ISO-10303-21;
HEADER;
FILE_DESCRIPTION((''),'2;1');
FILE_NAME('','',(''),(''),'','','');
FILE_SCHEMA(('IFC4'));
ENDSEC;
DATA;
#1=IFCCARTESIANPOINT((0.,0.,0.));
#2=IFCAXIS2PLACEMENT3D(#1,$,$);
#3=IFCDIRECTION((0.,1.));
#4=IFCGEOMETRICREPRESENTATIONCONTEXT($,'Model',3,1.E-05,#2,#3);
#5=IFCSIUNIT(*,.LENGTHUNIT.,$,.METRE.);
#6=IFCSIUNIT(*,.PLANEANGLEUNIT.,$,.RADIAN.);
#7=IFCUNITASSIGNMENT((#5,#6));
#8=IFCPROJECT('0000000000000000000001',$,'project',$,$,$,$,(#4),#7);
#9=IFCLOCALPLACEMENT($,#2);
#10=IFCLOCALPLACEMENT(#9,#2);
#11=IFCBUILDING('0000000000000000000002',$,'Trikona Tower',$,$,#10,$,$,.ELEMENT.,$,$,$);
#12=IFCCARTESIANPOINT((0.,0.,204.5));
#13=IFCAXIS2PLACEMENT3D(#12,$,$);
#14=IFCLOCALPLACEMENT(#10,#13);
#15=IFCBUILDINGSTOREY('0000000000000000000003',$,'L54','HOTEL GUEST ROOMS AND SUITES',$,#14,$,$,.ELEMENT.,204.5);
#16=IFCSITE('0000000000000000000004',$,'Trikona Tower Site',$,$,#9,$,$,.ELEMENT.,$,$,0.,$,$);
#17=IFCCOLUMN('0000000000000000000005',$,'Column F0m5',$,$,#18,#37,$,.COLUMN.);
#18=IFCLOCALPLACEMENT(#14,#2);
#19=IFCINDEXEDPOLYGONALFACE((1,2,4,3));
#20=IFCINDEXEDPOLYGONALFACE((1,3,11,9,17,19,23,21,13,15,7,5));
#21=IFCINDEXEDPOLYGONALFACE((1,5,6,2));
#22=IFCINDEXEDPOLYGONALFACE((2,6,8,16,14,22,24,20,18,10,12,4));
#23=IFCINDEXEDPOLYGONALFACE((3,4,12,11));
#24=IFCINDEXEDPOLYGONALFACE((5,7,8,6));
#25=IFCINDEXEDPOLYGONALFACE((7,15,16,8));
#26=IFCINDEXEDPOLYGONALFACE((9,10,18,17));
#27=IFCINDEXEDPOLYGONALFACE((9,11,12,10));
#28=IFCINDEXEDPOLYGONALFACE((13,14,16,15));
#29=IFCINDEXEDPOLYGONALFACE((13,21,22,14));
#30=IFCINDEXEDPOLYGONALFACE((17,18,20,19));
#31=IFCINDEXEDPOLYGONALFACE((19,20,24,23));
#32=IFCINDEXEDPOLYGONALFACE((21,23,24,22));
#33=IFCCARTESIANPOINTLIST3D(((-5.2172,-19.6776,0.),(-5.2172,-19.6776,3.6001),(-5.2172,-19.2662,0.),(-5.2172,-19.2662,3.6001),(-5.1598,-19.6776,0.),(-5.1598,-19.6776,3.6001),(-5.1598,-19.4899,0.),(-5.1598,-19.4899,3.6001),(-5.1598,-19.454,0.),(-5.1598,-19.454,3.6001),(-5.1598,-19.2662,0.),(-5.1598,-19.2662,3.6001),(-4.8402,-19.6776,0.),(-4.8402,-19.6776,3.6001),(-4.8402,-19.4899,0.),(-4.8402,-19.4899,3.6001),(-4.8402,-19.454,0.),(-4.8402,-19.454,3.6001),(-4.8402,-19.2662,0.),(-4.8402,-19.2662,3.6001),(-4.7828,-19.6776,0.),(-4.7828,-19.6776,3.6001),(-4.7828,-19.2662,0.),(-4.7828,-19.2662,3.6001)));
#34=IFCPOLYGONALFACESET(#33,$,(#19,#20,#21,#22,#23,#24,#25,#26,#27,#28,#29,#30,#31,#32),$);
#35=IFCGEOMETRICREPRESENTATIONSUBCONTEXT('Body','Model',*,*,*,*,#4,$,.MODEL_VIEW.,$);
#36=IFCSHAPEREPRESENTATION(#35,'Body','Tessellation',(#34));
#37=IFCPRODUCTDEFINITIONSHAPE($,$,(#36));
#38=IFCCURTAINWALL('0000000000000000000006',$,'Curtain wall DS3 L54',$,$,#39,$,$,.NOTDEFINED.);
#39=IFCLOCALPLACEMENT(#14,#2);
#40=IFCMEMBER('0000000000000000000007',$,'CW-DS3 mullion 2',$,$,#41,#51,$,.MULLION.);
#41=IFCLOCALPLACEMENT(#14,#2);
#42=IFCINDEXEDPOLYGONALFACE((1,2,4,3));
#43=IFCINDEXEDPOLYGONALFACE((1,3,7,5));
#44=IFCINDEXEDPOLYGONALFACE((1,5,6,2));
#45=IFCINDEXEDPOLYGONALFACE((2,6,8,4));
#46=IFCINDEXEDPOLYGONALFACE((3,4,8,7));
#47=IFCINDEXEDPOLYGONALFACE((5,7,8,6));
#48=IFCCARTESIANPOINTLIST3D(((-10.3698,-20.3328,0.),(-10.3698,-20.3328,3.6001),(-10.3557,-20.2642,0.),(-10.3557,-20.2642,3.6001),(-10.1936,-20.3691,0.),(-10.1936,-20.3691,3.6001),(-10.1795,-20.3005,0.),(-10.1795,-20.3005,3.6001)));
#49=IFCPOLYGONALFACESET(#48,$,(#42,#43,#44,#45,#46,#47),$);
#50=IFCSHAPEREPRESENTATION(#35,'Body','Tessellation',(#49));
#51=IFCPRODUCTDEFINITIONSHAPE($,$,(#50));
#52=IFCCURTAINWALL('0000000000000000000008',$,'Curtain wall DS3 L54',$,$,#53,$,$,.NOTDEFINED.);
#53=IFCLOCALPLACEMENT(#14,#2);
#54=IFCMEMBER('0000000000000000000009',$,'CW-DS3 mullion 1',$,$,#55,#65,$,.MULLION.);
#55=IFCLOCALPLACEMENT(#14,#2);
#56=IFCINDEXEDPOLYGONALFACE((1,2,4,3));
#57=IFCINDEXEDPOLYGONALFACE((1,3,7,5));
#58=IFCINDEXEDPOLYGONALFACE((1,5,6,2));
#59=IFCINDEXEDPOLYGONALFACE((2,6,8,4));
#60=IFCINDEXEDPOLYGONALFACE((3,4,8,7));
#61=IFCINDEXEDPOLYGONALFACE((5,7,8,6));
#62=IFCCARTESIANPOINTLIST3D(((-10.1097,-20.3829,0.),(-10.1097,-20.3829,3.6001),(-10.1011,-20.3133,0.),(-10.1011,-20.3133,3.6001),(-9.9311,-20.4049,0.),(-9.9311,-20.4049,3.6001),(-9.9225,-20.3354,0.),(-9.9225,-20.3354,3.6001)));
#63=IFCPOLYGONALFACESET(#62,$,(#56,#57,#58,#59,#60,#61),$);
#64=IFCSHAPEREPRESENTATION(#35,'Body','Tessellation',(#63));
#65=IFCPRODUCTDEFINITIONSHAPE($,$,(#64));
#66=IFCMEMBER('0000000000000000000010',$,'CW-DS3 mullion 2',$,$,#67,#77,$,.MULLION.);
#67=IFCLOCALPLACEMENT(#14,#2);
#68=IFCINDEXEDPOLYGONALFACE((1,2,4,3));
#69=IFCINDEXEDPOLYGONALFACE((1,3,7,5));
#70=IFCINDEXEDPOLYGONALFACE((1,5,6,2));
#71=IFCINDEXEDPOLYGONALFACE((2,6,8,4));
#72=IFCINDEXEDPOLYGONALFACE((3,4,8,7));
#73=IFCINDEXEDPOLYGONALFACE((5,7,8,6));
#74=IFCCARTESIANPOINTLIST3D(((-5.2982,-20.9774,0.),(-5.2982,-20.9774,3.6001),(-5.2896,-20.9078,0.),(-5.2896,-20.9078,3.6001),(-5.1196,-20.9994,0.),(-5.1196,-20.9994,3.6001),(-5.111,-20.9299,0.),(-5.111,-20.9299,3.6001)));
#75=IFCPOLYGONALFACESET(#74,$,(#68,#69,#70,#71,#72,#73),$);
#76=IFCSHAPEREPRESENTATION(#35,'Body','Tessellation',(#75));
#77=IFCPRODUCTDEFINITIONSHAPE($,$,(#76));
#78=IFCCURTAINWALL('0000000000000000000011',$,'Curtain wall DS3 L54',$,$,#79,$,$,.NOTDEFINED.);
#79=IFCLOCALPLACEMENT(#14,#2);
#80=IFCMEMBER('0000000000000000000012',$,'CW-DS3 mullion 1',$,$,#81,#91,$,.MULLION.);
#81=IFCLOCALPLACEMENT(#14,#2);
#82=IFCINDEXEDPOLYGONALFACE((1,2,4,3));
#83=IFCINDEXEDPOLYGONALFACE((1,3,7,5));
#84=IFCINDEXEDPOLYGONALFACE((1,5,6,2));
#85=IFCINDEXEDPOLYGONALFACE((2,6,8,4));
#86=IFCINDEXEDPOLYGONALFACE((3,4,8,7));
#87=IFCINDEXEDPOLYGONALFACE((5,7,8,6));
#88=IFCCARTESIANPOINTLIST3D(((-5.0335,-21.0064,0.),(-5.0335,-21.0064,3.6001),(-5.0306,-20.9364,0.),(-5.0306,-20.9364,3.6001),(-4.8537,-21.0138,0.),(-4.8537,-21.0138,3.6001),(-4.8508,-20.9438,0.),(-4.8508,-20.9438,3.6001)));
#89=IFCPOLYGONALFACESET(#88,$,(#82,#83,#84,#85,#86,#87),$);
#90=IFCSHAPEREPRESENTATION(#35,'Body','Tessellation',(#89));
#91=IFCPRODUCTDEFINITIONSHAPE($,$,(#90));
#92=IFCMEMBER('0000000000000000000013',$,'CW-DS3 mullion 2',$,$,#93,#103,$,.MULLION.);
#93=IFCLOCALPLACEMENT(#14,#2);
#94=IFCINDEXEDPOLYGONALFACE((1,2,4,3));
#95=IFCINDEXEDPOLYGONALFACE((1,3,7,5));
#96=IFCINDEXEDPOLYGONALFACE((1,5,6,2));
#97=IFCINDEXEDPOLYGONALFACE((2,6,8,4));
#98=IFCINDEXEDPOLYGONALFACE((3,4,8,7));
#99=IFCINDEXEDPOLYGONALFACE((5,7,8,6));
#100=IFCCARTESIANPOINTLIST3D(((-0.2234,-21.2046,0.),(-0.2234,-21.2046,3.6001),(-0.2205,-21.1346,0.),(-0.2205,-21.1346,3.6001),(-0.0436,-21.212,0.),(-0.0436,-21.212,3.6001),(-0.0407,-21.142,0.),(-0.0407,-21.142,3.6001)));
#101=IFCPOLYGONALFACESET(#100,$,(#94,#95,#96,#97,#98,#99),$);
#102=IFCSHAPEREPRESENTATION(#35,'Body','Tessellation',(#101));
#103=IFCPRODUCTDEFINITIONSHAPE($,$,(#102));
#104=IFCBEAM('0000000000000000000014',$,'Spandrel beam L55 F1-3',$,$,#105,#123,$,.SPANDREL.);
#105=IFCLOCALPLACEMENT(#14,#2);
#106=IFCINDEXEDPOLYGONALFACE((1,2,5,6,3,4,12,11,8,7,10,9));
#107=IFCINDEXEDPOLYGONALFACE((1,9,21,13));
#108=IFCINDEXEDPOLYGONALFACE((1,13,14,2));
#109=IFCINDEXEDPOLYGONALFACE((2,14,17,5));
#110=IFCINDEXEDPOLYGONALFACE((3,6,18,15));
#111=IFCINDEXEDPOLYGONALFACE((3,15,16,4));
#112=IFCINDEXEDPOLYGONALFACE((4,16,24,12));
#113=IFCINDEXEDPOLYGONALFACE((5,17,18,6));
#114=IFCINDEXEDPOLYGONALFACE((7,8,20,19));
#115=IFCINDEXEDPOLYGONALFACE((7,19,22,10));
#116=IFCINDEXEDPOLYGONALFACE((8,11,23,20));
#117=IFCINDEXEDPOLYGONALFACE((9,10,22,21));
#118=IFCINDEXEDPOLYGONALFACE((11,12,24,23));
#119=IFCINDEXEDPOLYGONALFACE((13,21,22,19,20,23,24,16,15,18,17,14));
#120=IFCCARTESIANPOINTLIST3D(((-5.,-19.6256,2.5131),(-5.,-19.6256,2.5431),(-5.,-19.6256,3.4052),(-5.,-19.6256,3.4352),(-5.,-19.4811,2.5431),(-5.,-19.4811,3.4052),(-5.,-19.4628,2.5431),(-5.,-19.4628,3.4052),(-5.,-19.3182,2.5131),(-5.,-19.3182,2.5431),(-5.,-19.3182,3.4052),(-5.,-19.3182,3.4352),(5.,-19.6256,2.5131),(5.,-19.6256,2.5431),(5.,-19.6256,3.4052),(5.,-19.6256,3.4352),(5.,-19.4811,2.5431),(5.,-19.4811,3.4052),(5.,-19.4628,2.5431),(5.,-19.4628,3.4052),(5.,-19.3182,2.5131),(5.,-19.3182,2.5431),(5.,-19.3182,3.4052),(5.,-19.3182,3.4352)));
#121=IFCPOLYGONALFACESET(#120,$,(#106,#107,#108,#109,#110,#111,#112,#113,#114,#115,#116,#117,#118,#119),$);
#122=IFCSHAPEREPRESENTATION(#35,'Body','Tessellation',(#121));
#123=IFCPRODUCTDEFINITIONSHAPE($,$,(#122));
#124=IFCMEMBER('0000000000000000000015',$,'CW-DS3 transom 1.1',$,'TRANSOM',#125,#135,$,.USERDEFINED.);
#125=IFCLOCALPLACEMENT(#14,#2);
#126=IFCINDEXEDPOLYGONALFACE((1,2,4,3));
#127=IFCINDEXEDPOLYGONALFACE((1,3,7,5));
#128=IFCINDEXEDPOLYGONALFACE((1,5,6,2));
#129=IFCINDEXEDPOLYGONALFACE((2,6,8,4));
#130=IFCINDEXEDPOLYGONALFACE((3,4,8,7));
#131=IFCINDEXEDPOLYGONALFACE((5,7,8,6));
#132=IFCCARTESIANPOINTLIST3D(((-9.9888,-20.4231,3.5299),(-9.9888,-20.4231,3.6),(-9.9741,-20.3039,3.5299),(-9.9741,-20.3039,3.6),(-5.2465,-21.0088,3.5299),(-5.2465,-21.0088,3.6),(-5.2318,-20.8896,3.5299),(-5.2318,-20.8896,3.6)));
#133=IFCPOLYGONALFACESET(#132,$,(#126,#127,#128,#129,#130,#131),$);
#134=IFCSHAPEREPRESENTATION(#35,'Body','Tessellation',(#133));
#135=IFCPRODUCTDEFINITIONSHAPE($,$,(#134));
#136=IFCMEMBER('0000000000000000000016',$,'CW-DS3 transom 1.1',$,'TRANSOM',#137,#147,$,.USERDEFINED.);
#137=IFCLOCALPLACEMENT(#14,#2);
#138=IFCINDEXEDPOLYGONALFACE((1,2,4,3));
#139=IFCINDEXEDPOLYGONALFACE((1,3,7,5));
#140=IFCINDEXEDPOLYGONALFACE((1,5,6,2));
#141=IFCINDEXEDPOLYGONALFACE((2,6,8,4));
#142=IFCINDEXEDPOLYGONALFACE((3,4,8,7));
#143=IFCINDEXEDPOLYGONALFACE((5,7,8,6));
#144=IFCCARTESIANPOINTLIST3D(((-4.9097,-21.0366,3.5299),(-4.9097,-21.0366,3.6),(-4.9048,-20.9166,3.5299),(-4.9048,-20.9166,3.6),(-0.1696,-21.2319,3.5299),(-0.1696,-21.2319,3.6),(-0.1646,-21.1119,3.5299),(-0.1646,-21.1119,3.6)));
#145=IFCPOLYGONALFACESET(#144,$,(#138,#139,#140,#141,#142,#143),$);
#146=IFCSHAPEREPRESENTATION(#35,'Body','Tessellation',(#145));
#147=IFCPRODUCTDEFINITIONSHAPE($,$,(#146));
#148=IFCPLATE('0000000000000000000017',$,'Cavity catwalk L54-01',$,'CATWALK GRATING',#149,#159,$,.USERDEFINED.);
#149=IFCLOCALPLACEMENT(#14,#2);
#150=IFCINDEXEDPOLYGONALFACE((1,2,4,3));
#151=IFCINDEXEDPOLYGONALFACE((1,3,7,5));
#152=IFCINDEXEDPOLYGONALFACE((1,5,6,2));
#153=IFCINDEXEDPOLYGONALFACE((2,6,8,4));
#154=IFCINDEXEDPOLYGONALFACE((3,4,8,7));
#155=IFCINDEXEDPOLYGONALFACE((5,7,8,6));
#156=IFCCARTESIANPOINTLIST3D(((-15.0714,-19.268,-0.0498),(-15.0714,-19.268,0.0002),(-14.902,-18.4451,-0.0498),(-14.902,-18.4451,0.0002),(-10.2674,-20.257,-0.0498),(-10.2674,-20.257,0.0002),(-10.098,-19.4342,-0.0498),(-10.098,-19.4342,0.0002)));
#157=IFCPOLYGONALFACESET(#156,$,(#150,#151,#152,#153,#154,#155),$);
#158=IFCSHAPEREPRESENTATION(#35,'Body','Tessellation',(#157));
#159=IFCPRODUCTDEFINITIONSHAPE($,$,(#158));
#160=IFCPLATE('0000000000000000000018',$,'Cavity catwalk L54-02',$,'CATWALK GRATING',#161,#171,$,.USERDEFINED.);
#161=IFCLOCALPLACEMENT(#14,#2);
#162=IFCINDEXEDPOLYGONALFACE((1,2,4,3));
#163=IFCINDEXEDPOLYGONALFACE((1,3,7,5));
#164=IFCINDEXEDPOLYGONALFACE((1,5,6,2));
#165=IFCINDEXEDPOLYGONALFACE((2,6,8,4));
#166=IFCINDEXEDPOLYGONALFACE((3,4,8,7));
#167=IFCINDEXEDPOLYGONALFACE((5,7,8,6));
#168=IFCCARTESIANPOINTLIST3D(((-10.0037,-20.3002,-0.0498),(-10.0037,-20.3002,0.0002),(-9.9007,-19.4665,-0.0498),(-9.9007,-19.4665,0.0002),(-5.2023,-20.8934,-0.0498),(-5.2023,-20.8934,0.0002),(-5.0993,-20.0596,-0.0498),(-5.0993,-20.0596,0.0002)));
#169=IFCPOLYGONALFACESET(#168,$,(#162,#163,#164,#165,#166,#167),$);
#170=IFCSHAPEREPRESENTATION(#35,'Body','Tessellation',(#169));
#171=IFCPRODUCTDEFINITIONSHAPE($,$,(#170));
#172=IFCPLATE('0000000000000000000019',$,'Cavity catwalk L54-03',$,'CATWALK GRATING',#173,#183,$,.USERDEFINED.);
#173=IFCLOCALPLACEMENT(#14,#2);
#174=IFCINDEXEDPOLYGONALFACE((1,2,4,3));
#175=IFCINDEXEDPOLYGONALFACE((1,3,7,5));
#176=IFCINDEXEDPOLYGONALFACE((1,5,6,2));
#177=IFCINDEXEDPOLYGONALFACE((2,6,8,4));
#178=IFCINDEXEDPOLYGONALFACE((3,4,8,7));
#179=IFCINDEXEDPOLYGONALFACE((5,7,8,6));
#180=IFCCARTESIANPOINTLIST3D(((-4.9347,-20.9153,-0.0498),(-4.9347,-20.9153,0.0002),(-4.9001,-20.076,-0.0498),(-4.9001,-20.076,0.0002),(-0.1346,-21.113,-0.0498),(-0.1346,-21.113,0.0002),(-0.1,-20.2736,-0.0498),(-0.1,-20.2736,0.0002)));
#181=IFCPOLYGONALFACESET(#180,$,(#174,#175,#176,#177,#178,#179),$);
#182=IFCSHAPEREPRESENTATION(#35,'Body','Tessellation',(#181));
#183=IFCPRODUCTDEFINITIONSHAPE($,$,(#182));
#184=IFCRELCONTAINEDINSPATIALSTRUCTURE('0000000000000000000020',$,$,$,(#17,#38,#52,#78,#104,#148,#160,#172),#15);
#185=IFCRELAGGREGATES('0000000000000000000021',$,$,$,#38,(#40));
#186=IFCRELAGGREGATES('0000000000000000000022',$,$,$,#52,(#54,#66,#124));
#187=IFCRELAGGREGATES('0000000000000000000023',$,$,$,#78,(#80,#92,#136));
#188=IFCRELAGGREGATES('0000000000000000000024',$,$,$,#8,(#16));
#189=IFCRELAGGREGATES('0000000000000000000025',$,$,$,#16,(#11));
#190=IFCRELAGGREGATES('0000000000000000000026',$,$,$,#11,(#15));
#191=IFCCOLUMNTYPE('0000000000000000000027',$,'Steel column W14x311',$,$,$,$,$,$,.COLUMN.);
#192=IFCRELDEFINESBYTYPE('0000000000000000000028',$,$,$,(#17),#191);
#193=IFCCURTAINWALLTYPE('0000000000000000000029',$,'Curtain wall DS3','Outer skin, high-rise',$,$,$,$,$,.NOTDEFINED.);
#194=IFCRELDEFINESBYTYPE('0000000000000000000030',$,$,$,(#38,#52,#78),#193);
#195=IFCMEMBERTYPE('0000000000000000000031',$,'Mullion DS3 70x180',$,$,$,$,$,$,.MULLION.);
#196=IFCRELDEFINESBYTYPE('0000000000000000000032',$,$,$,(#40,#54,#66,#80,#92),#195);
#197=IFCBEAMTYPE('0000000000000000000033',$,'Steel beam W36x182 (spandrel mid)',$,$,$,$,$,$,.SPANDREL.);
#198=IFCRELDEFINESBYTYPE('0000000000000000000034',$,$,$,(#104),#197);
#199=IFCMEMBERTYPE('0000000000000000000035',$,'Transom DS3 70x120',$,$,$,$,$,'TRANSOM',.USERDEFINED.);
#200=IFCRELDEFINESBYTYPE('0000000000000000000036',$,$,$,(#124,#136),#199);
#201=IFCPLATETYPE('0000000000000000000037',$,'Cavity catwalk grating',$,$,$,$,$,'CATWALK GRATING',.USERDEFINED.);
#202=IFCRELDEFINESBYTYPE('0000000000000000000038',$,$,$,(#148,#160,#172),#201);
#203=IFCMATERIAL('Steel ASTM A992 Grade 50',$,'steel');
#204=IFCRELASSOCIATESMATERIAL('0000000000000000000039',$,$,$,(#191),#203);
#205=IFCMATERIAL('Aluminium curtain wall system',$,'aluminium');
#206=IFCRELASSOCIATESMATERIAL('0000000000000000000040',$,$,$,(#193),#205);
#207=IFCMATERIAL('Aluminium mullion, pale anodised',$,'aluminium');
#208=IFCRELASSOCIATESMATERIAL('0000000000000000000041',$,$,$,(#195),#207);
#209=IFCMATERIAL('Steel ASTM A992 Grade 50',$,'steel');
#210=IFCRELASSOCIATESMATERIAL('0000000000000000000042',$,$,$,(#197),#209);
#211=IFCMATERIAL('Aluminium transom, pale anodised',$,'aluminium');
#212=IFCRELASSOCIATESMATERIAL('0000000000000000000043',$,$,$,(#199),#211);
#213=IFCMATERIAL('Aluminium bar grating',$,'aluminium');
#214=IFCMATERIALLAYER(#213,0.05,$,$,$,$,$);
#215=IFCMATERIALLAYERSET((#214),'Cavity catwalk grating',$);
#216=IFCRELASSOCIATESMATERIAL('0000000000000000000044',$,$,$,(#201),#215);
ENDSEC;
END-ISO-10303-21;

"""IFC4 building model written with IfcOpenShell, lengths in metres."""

from ifc_helpers import new_model, si_unit, direction, frame, origin, origin_2d, place, context, subcontext, project, spatial, rectangle, i_section, extrude, material, layer, layer_set, material_profile, profile_set, type_object, element, aggregate, save


model = new_model("IFC4")

# Units and contexts
model_context = context("Model", 3, precision=1e-05, world=origin(), true_north=direction((0.0, 1.0)))
body_context = subcontext(model_context, "Body", "Model", "MODEL_VIEW")
ifc_project = project(units=[si_unit("LENGTHUNIT", "METRE"), si_unit("PLANEANGLEUNIT", "RADIAN")], contexts=[model_context])

# Site, building, storey
site_placement = place(None, origin())
site = spatial("IfcSite", under=ifc_project, at=site_placement, Name="Trikona Tower Site", CompositionType="ELEMENT", RefElevation=0.0)
building_placement = place(site_placement, origin())
building = spatial("IfcBuilding", under=site, at=building_placement, Name="Trikona Tower", CompositionType="ELEMENT")
storey_placement = place(building_placement, frame((0.0, 0.0, 204.5)))
storey = spatial("IfcBuildingStorey", under=building, at=storey_placement, Name="L54", Description="HOTEL GUEST ROOMS AND SUITES", CompositionType="ELEMENT", Elevation=204.5)

# Column
ifc_material_1 = material(Name="Steel ASTM A992 Grade 50", Category="steel")
ifc_material_profile_1 = material_profile(ifc_material_1, i_section(OverallWidth=0.4114, OverallDepth=0.4343, WebThickness=0.0359, FlangeThickness=0.0574, at=origin_2d()), Name="W14X311")
ifc_profile_set_1 = profile_set([ifc_material_profile_1], Name="Steel ASTM A992 Grade 50")
column_type = type_object("IfcColumnType", Name="Steel column W14x311", PredefinedType="COLUMN", material=ifc_profile_set_1)
column_placement = place(storey_placement, frame((-5.0, -19.4719, 0.0), z_axis=(0.0, 0.0, 1.0), x_axis=(0.0, -1.0, 0.0)))
element("IfcColumn", 1, at=column_placement, inside=storey, type_object=column_type, Name="Column F0m5", PredefinedType="COLUMN", context=body_context, shape_type="SweptSolid", body=[
    extrude(i_section(OverallWidth=0.4114, OverallDepth=0.4343, WebThickness=0.0359, FlangeThickness=0.0574, at=origin_2d()), origin(), (0.0, 0.0, 1.0), 3.6001),
])

# Curtain wall, member
ifc_material_2 = material(Name="Aluminium curtain wall system", Category="aluminium")
curtain_wall_type = type_object("IfcCurtainWallType", Name="Curtain wall DS3", Description="Outer skin, high-rise", PredefinedType="NOTDEFINED", material=ifc_material_2)
curtain_wall_1_placement = place(storey_placement, origin())
curtain_wall_1 = element("IfcCurtainWall", 2, at=curtain_wall_1_placement, inside=storey, type_object=curtain_wall_type, Name="Curtain wall DS3 L54", PredefinedType="NOTDEFINED")
ifc_material_3 = material(Name="Aluminium mullion, pale anodised", Category="aluminium")
ifc_material_profile_2 = material_profile(ifc_material_3, rectangle(XDim=0.0701, YDim=0.1799, at=origin_2d()), Name="MUL-DS3")
ifc_profile_set_2 = profile_set([ifc_material_profile_2], Name="Aluminium mullion, pale anodised")
member_type_1 = type_object("IfcMemberType", Name="Mullion DS3 70x180", PredefinedType="MULLION", material=ifc_profile_set_2)
member_1_placement = place(storey_placement, frame((-10.2747, -20.3167, 0.0), z_axis=(0.0, 0.0, 1.0), x_axis=(0.201653, 0.979457, 0.0)))
member_1 = element("IfcMember", 3, at=member_1_placement, type_object=member_type_1, Name="CW-DS3 mullion 2", PredefinedType="MULLION", context=body_context, shape_type="SweptSolid", body=[
    extrude(rectangle(XDim=0.0701, YDim=0.1799, at=origin_2d()), origin(), (0.0, 0.0, 1.0), 3.6001),
])

# Curtain walls, members
curtain_wall_2_placement = place(storey_placement, origin())
curtain_wall_2 = element("IfcCurtainWall", 4, at=curtain_wall_2_placement, inside=storey, type_object=curtain_wall_type, Name="Curtain wall DS3 L54", PredefinedType="NOTDEFINED")
member_2_placement = place(storey_placement, frame((-10.0161, -20.3591, 0.0), z_axis=(0.0, 0.0, 1.0), x_axis=(0.122611, 0.992455, 0.0)))
member_2 = element("IfcMember", 5, at=member_2_placement, type_object=member_type_1, Name="CW-DS3 mullion 1", PredefinedType="MULLION", context=body_context, shape_type="SweptSolid", body=[
    extrude(rectangle(XDim=0.0701, YDim=0.1799, at=origin_2d()), origin(), (0.0, 0.0, 1.0), 3.6001),
])
member_3_placement = place(storey_placement, frame((-5.2046, -20.9536, 0.0), z_axis=(0.0, 0.0, 1.0), x_axis=(0.122611, 0.992455, 0.0)))
member_3 = element("IfcMember", 6, at=member_3_placement, type_object=member_type_1, Name="CW-DS3 mullion 2", PredefinedType="MULLION", context=body_context, shape_type="SweptSolid", body=[
    extrude(rectangle(XDim=0.0701, YDim=0.1799, at=origin_2d()), origin(), (0.0, 0.0, 1.0), 3.6001),
])
curtain_wall_3_placement = place(storey_placement, origin())
curtain_wall_3 = element("IfcCurtainWall", 7, at=curtain_wall_3_placement, inside=storey, type_object=curtain_wall_type, Name="Curtain wall DS3 L54", PredefinedType="NOTDEFINED")
member_4_placement = place(storey_placement, frame((-4.9421, -20.9751, 0.0), z_axis=(0.0, 0.0, 1.0), x_axis=(0.041153, 0.999153, 0.0)))
member_4 = element("IfcMember", 8, at=member_4_placement, type_object=member_type_1, Name="CW-DS3 mullion 1", PredefinedType="MULLION", context=body_context, shape_type="SweptSolid", body=[
    extrude(rectangle(XDim=0.0701, YDim=0.1799, at=origin_2d()), origin(), (0.0, 0.0, 1.0), 3.6001),
])
member_5_placement = place(storey_placement, frame((-0.1321, -21.1733, 0.0), z_axis=(0.0, 0.0, 1.0), x_axis=(0.041153, 0.999153, 0.0)))
member_5 = element("IfcMember", 9, at=member_5_placement, type_object=member_type_1, Name="CW-DS3 mullion 2", PredefinedType="MULLION", context=body_context, shape_type="SweptSolid", body=[
    extrude(rectangle(XDim=0.0701, YDim=0.1799, at=origin_2d()), origin(), (0.0, 0.0, 1.0), 3.6001),
])

# Beam
ifc_material_4 = material(Name="Steel ASTM A992 Grade 50", Category="steel")
ifc_material_profile_3 = material_profile(ifc_material_4, i_section(OverallWidth=0.3074, OverallDepth=0.9221, WebThickness=0.0183, FlangeThickness=0.03, at=origin_2d()), Name="W36X182")
ifc_profile_set_3 = profile_set([ifc_material_profile_3], Name="Steel ASTM A992 Grade 50")
beam_type = type_object("IfcBeamType", Name="Steel beam W36x182 (spandrel mid)", PredefinedType="SPANDREL", material=ifc_profile_set_3)
beam_placement = place(storey_placement, frame((-5.0, -19.4719, 2.9741), z_axis=(1.0, 0.0, 0.0), x_axis=(0.0, 1.0, 0.0)))
element("IfcBeam", 10, at=beam_placement, inside=storey, type_object=beam_type, Name="Spandrel beam L55 F1-3", PredefinedType="SPANDREL", context=body_context, shape_type="SweptSolid", body=[
    extrude(i_section(OverallWidth=0.3074, OverallDepth=0.9221, WebThickness=0.0183, FlangeThickness=0.03, at=origin_2d()), origin(), (0.0, 0.0, 1.0), 10.0),
])

# Members
ifc_material_5 = material(Name="Aluminium transom, pale anodised", Category="aluminium")
ifc_material_profile_4 = material_profile(ifc_material_5, rectangle(XDim=0.1201, YDim=0.0701, at=origin_2d()), Name="TRN-DS3")
ifc_profile_set_4 = profile_set([ifc_material_profile_4], Name="Aluminium transom, pale anodised")
member_type_2 = type_object("IfcMemberType", Name="Transom DS3 70x120", ElementType="TRANSOM", PredefinedType="USERDEFINED", material=ifc_profile_set_4)
member_6_placement = place(storey_placement, frame((-9.9814, -20.3635, 3.5649), z_axis=(0.992459, -0.122576, 0.0), x_axis=(0.122576, 0.992459, 0.0)))
member_6 = element("IfcMember", 11, at=member_6_placement, type_object=member_type_2, Name="CW-DS3 transom 1.1", ObjectType="TRANSOM", PredefinedType="USERDEFINED", context=body_context, shape_type="SweptSolid", body=[
    extrude(rectangle(XDim=0.1201, YDim=0.0701, at=origin_2d()), origin(), (0.0, 0.0, 1.0), 4.7783),
])
member_7_placement = place(storey_placement, frame((-4.9072, -20.9766, 3.5649), z_axis=(0.999152, -0.041168, 0.0), x_axis=(0.041168, 0.999152, 0.0)))
member_7 = element("IfcMember", 12, at=member_7_placement, type_object=member_type_2, Name="CW-DS3 transom 1.1", ObjectType="TRANSOM", PredefinedType="USERDEFINED", context=body_context, shape_type="SweptSolid", body=[
    extrude(rectangle(XDim=0.1201, YDim=0.0701, at=origin_2d()), origin(), (0.0, 0.0, 1.0), 4.7441),
])

# Plates
ifc_material_6 = material(Name="Aluminium bar grating", Category="aluminium")
ifc_layer_1 = layer(ifc_material_6, 0.05)
ifc_layer_set_1 = layer_set([ifc_layer_1], Name="Cavity catwalk grating")
plate_type_1 = type_object("IfcPlateType", Name="Cavity catwalk grating", ElementType="CATWALK GRATING", PredefinedType="USERDEFINED", material=ifc_layer_set_1)
plate_1_placement = place(storey_placement, frame((-12.5847, -19.3511, -0.0498), z_axis=(0.0, 0.0, 1.0), x_axis=(0.979458, -0.201651, 0.0)))
element("IfcPlate", 13, at=plate_1_placement, inside=storey, type_object=plate_type_1, Name="Cavity catwalk L54-01", ObjectType="CATWALK GRATING", PredefinedType="USERDEFINED", context=body_context, shape_type="SweptSolid", body=[
    extrude(rectangle(XDim=4.9048, YDim=0.8401, at=origin_2d()), origin(), (0.0, 0.0, 1.0), 0.05),
])
plate_2_placement = place(storey_placement, frame((-7.5515, -20.1799, -0.0498), z_axis=(0.0, 0.0, 1.0), x_axis=(0.992455, -0.122607, 0.0)))
element("IfcPlate", 14, at=plate_2_placement, inside=storey, type_object=plate_type_1, Name="Cavity catwalk L54-02", ObjectType="CATWALK GRATING", PredefinedType="USERDEFINED", context=body_context, shape_type="SweptSolid", body=[
    extrude(rectangle(XDim=4.8379, YDim=0.8401, at=origin_2d()), origin(), (0.0, 0.0, 1.0), 0.05),
])
plate_3_placement = place(storey_placement, frame((-2.5173, -20.5945, -0.0498), z_axis=(0.0, 0.0, 1.0), x_axis=(0.999153, -0.041145, 0.0)))
element("IfcPlate", 15, at=plate_3_placement, inside=storey, type_object=plate_type_1, Name="Cavity catwalk L54-03", ObjectType="CATWALK GRATING", PredefinedType="USERDEFINED", context=body_context, shape_type="SweptSolid", body=[
    extrude(rectangle(XDim=4.8042, YDim=0.8401, at=origin_2d()), origin(), (0.0, 0.0, 1.0), 0.05),
])

aggregate(curtain_wall_1, [member_1])
aggregate(curtain_wall_2, [member_2, member_3, member_6])
aggregate(curtain_wall_3, [member_4, member_5, member_7])

save(model, "model.ifc")
